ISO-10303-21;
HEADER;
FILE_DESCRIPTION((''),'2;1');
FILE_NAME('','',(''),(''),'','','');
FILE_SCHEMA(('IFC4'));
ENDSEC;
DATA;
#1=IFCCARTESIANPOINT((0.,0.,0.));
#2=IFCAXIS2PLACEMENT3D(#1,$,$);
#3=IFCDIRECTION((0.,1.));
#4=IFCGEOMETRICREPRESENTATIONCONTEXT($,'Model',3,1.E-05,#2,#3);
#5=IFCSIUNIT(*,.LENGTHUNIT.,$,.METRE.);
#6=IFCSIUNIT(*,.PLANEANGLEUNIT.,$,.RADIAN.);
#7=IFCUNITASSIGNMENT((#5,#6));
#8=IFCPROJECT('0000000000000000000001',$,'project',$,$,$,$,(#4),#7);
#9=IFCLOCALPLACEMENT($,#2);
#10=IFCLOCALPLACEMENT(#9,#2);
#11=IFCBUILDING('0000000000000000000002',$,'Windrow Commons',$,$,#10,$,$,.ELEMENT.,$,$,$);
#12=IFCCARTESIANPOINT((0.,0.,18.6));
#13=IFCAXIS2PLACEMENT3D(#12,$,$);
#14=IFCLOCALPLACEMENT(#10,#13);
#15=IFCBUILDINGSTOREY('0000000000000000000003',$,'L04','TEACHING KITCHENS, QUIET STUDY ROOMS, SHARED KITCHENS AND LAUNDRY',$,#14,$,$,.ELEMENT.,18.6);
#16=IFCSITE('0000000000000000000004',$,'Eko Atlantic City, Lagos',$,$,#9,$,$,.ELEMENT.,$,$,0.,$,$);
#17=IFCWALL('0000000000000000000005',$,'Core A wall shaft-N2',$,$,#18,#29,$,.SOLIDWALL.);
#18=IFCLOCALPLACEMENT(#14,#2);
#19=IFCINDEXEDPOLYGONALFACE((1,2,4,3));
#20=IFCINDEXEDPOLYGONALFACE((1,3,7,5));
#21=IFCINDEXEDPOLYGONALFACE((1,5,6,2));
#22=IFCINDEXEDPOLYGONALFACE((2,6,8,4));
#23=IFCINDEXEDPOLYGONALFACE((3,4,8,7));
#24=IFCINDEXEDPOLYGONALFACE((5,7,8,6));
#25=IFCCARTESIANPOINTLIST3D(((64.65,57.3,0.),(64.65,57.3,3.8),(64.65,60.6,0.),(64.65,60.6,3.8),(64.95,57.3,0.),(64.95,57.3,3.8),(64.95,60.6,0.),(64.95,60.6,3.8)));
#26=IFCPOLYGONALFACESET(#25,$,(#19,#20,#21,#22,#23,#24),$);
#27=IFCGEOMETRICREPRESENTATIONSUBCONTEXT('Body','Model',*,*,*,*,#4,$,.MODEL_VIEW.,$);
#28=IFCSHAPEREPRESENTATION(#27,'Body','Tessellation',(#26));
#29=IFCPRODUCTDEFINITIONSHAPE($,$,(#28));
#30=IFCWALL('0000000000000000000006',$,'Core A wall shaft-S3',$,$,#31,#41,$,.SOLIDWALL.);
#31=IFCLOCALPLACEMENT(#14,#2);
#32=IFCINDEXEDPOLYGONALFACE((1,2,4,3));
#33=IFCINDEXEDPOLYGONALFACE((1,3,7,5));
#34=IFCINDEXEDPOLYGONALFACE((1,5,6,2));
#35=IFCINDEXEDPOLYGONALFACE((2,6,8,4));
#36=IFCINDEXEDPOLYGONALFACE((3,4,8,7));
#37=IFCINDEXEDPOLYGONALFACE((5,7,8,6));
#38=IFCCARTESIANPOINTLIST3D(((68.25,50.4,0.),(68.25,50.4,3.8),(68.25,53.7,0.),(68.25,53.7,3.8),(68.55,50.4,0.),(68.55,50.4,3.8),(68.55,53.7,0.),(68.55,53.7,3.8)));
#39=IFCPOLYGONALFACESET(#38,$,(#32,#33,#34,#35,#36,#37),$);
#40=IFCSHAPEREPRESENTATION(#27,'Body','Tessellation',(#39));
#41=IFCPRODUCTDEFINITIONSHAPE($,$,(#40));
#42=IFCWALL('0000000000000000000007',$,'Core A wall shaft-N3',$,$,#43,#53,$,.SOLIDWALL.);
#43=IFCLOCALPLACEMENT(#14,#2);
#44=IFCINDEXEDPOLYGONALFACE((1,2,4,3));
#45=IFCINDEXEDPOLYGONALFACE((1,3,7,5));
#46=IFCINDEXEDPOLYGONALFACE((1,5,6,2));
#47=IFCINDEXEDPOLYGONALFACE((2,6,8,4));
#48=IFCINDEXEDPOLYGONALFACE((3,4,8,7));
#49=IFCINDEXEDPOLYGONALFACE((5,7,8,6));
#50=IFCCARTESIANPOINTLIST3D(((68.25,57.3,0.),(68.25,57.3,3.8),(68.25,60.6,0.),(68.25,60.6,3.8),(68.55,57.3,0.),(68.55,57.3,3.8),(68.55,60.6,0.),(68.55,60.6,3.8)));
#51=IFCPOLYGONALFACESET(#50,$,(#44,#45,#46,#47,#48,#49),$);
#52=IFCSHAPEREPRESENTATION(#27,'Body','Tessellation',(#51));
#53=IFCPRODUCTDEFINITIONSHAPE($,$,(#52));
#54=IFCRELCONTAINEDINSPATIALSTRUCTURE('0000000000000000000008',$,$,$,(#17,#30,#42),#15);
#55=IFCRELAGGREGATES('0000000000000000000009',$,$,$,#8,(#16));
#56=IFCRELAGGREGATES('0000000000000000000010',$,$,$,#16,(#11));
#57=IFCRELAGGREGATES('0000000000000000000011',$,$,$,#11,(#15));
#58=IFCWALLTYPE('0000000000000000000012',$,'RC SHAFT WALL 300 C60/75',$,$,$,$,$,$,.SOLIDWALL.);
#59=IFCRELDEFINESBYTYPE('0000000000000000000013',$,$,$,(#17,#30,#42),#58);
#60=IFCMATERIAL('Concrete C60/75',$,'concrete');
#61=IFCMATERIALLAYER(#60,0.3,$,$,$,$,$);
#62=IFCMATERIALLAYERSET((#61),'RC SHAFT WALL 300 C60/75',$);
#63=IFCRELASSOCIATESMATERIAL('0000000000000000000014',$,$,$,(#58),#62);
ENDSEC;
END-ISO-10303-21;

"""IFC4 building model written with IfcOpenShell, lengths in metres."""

from ifc_helpers import new_model, si_unit, direction, frame, frame_2d, origin, place, context, subcontext, project, spatial, rectangle, extrude, material, layer, layer_set, type_object, element, save


model = new_model("IFC4")

# Units and contexts
model_context = context("Model", 3, precision=1e-05, world=origin(), true_north=direction((0.0, 1.0)))
body_context = subcontext(model_context, "Body", "Model", "MODEL_VIEW")
ifc_project = project(units=[si_unit("LENGTHUNIT", "METRE"), si_unit("PLANEANGLEUNIT", "RADIAN")], contexts=[model_context])

# Site, building, storey
site_placement = place(None, origin())
site = spatial("IfcSite", under=ifc_project, at=site_placement, Name="Eko Atlantic City, Lagos", CompositionType="ELEMENT", RefElevation=0.0)
building_placement = place(site_placement, origin())
building = spatial("IfcBuilding", under=site, at=building_placement, Name="Windrow Commons", CompositionType="ELEMENT")
storey_placement = place(building_placement, frame((0.0, 0.0, 18.6)))
storey = spatial("IfcBuildingStorey", under=building, at=storey_placement, Name="L04", Description="TEACHING KITCHENS, QUIET STUDY ROOMS, SHARED KITCHENS AND LAUNDRY", CompositionType="ELEMENT", Elevation=18.6)

# Walls
ifc_material_1 = material(Name="Concrete C60/75", Category="concrete")
ifc_layer_1 = layer(ifc_material_1, 0.3)
ifc_layer_set_1 = layer_set([ifc_layer_1], Name="RC SHAFT WALL 300 C60/75")
wall_type_1 = type_object("IfcWallType", Name="RC SHAFT WALL 300 C60/75", PredefinedType="SOLIDWALL", material=ifc_layer_set_1)
for number, where, z_axis, x_axis, name in (
    (1, (64.8, 57.3, 0.0), (0.0, 0.0, 1.0), (0.0, 1.0, 0.0), "Core A wall shaft-N2"),
    (2, (68.4, 50.4, 0.0), (0.0, 0.0, 1.0), (0.0, 1.0, 0.0), "Core A wall shaft-S3"),
    (3, (68.4, 57.3, 0.0), (0.0, 0.0, 1.0), (0.0, 1.0, 0.0), "Core A wall shaft-N3"),
):
    element("IfcWall", number, at=place(storey_placement, frame(where, z_axis=z_axis, x_axis=x_axis)), inside=storey, type_object=wall_type_1, Name=name, PredefinedType="SOLIDWALL", context=body_context, shape_type="SweptSolid", body=[
        extrude(rectangle(XDim=3.3, YDim=0.3, at=frame_2d((1.65, 0.0))), origin(), (0.0, 0.0, 1.0), 3.8),
    ])

save(model, "model.ifc")
